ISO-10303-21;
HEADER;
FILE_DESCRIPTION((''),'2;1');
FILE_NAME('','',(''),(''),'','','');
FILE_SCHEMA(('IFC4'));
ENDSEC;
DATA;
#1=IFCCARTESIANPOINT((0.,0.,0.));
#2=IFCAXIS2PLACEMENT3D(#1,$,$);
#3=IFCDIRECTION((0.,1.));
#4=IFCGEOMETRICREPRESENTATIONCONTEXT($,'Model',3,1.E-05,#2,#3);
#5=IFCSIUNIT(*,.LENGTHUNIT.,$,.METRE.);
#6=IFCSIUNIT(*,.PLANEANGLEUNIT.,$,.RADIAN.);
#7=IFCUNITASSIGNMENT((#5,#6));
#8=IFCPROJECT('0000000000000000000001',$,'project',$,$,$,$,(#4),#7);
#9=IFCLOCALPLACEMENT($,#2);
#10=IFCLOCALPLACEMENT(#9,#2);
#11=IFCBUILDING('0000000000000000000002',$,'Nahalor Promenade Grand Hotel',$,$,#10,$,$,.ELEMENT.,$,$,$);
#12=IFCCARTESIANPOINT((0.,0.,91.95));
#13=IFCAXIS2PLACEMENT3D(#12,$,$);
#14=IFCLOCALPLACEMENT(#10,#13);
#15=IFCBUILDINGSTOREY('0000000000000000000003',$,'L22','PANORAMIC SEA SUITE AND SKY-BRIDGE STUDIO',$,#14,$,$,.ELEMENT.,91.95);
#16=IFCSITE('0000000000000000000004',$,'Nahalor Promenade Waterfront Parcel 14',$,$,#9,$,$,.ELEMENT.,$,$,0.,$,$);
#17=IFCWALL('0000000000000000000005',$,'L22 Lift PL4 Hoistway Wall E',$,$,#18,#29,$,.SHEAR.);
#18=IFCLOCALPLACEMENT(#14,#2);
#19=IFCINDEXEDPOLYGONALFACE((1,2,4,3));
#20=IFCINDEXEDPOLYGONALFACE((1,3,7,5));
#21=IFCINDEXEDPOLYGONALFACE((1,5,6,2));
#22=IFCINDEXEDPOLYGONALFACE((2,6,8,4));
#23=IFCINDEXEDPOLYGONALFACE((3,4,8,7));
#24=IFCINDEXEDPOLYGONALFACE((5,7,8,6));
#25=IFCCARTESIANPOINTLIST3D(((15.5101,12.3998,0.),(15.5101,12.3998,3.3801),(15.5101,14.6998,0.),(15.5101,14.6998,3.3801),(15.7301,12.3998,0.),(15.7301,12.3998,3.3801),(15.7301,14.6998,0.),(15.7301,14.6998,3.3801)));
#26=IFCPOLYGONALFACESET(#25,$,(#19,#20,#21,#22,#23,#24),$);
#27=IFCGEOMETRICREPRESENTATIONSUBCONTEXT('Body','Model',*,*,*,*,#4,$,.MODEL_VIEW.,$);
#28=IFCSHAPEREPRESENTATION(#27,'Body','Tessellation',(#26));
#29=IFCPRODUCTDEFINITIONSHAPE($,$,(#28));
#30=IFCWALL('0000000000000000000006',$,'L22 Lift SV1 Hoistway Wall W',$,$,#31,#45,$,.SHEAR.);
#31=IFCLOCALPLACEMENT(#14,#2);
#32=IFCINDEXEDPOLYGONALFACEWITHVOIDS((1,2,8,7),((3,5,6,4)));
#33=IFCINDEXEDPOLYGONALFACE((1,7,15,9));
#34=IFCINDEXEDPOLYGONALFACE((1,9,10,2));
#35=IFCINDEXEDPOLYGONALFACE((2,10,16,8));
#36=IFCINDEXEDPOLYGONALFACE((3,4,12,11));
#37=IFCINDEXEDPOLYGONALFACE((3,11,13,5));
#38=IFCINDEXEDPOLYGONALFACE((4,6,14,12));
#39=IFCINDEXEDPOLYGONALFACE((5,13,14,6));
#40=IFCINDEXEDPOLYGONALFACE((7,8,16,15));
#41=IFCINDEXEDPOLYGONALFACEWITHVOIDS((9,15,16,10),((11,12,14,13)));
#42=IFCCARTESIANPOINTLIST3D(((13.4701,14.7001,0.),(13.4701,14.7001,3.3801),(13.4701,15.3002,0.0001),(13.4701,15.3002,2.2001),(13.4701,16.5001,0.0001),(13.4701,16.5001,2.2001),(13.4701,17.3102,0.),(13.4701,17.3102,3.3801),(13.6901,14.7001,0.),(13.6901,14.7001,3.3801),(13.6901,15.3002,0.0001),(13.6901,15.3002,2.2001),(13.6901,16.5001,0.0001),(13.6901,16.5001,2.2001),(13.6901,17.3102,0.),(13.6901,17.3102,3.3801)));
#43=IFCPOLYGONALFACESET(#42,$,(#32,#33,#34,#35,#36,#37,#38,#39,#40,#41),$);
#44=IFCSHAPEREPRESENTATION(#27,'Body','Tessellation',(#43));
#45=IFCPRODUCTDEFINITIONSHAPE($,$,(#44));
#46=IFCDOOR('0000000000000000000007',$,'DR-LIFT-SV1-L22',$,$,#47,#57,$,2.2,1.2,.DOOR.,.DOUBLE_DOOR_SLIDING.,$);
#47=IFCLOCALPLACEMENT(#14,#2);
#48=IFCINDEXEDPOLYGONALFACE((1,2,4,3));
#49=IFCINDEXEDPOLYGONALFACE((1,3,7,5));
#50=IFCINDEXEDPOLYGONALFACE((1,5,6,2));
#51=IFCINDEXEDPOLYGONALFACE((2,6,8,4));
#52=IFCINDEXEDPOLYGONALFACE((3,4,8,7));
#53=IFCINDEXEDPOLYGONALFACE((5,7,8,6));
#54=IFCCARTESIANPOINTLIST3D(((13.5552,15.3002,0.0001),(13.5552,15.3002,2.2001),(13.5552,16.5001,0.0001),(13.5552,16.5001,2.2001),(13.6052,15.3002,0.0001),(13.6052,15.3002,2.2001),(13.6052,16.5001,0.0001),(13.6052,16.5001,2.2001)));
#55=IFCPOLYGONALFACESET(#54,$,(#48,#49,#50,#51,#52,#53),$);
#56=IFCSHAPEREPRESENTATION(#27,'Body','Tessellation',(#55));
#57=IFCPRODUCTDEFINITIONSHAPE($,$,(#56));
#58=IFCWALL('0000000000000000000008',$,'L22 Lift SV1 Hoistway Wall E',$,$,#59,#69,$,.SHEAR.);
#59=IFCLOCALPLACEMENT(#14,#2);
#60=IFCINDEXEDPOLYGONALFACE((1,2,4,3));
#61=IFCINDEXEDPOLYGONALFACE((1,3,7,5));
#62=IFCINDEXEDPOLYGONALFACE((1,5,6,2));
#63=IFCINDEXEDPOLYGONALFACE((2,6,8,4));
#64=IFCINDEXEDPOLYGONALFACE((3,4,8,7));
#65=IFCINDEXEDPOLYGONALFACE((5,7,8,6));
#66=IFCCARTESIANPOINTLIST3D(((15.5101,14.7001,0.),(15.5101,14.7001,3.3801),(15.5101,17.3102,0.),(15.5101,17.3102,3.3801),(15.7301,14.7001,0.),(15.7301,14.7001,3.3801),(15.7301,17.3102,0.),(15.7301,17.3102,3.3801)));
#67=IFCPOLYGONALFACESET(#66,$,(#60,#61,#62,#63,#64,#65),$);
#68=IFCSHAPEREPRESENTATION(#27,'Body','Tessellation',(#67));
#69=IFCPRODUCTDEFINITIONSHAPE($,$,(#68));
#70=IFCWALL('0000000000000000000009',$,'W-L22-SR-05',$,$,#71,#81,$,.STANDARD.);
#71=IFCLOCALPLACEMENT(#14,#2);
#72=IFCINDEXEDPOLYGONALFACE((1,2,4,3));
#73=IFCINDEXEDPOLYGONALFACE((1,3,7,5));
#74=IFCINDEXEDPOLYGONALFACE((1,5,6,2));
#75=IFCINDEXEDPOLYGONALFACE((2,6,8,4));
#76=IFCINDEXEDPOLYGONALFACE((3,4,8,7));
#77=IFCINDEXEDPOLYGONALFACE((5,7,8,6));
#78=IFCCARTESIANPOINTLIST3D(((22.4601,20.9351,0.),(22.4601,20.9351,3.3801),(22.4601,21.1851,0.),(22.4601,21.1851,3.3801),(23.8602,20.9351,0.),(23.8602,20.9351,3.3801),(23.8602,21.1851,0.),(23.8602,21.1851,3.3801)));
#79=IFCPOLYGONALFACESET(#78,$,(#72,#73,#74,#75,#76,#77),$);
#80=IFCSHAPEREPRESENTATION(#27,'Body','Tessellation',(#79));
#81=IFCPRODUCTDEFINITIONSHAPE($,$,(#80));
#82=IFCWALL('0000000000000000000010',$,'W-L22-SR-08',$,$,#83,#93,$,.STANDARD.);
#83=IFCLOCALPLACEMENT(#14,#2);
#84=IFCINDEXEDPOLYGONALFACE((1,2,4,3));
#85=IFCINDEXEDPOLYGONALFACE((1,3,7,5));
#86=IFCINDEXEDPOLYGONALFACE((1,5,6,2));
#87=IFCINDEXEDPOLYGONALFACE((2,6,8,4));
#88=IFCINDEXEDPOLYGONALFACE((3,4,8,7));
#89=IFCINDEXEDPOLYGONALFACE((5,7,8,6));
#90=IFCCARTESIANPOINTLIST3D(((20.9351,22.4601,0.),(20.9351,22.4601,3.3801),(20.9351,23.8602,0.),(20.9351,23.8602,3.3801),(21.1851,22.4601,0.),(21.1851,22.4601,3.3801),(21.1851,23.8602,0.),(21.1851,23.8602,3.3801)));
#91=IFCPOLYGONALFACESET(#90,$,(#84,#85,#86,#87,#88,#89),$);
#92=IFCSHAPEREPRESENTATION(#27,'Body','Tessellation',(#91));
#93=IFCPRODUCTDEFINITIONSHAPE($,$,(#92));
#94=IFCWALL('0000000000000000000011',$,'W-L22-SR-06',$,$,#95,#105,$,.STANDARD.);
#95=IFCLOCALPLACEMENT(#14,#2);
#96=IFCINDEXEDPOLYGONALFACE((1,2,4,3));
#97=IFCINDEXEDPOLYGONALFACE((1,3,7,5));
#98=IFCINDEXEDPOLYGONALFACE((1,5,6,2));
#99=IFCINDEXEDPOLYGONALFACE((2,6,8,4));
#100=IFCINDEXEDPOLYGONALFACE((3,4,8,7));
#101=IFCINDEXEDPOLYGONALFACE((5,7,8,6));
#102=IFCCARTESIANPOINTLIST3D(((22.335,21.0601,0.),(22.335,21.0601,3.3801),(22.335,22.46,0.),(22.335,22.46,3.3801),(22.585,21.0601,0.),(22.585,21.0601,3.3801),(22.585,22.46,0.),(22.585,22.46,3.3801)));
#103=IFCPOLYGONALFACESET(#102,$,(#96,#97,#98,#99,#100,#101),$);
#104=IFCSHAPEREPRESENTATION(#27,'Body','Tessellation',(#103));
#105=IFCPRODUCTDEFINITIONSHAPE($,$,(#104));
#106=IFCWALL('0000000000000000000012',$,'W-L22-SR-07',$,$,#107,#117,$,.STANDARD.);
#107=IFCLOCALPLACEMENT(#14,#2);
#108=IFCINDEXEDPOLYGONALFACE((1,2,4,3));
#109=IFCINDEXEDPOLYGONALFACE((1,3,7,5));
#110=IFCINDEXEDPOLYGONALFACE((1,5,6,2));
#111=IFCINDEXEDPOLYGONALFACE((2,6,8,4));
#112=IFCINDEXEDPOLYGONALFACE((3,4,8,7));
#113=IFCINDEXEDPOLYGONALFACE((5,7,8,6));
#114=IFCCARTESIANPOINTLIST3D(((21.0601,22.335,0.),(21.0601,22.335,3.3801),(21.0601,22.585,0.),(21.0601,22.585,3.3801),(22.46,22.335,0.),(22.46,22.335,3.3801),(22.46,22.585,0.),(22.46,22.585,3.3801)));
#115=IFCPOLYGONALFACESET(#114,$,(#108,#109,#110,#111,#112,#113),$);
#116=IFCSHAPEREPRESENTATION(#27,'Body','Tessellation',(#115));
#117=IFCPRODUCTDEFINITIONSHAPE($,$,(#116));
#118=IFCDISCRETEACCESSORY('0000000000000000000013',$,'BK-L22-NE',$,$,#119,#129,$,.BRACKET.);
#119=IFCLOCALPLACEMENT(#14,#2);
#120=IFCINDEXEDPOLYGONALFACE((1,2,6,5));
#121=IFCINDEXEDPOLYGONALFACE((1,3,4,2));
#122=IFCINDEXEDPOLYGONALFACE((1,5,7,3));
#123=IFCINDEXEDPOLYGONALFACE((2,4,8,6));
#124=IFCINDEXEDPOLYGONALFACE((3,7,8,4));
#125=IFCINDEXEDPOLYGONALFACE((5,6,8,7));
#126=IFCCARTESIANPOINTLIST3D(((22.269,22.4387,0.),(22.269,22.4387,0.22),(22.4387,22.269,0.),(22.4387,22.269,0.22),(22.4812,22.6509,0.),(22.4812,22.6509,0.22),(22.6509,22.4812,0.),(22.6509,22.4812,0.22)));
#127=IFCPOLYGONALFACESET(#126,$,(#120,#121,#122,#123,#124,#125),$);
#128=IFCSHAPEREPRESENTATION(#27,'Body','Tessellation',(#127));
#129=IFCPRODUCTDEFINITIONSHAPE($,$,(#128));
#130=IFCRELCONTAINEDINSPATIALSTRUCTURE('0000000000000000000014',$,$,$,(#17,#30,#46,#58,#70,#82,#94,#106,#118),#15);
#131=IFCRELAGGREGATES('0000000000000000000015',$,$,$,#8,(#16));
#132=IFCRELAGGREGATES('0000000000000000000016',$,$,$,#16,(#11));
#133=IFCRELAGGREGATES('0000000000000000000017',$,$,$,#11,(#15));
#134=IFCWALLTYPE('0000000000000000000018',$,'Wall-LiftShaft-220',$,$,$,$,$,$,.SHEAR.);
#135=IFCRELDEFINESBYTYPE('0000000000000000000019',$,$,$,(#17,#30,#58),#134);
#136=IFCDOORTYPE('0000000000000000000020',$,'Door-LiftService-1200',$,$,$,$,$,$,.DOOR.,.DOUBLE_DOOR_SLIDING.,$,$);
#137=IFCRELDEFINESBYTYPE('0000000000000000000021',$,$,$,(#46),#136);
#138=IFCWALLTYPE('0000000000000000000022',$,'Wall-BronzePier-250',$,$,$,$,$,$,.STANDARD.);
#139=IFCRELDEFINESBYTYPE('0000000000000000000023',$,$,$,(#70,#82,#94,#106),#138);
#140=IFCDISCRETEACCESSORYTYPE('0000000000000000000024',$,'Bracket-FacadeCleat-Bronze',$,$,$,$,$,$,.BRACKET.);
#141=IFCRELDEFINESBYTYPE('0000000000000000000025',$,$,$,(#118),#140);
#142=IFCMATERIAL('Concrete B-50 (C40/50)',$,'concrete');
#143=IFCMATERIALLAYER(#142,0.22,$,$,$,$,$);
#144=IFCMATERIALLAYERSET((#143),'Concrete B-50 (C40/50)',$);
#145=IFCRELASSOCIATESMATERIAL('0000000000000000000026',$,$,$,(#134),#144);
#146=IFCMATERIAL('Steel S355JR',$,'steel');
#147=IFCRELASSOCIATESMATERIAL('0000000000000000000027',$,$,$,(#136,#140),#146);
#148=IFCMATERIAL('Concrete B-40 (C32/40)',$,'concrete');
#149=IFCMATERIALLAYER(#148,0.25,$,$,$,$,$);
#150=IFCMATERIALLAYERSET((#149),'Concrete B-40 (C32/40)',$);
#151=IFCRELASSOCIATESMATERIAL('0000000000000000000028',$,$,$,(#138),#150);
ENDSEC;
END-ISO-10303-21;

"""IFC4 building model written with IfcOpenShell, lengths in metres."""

from ifc_helpers import new_model, si_unit, direction, frame, frame_2d, origin, origin_2d, place, context, subcontext, project, spatial, rectangle, extrude, source, transform, mapped, material, layer, layer_set, type_object, element, fill, save


model = new_model("IFC4")

# Units and contexts
model_context = context("Model", 3, precision=1e-05, world=origin(), true_north=direction((0.0, 1.0)))
body_context = subcontext(model_context, "Body", "Model", "MODEL_VIEW")
ifc_project = project(units=[si_unit("LENGTHUNIT", "METRE"), si_unit("PLANEANGLEUNIT", "RADIAN")], contexts=[model_context])

# Site, building, storey
site_placement = place(None, origin())
site = spatial("IfcSite", under=ifc_project, at=site_placement, Name="Nahalor Promenade Waterfront Parcel 14", CompositionType="ELEMENT", RefElevation=0.0)
building_placement = place(site_placement, origin())
building = spatial("IfcBuilding", under=site, at=building_placement, Name="Nahalor Promenade Grand Hotel", CompositionType="ELEMENT")
storey_placement = place(building_placement, frame((0.0, 0.0, 91.95)))
storey = spatial("IfcBuildingStorey", under=building, at=storey_placement, Name="L22", Description="PANORAMIC SEA SUITE AND SKY-BRIDGE STUDIO", CompositionType="ELEMENT", Elevation=91.95)

# Shared definitions
ifc_material_1 = material(Name="Steel S355JR", Category="steel")

# Shared definitions
ifc_material_2 = material(Name="Concrete B-50 (C40/50)", Category="concrete")
ifc_layer_1 = layer(ifc_material_2, 0.22)
ifc_layer_set_1 = layer_set([ifc_layer_1], Name="Concrete B-50 (C40/50)")
wall_type_1 = type_object("IfcWallType", Name="Wall-LiftShaft-220", PredefinedType="SHEAR", material=ifc_layer_set_1)

# Shared definitions
shared_shape_1 = source(origin(), body_context, "Body", "SweptSolid", [
    extrude(rectangle(XDim=2.3, YDim=0.22, at=frame_2d((1.1499, 0.0))), origin(), (0.0, 0.0, 1.0), 3.3801),
])

# Wall
wall_1_placement = place(storey_placement, frame((15.6201, 12.3999, 0.0), z_axis=(0.0, 0.0, 1.0), x_axis=(0.0, 1.0, 0.0)))
element("IfcWall", 1, at=wall_1_placement, inside=storey, type_object=wall_type_1, Name="L22 Lift PL4 Hoistway Wall E", PredefinedType="SHEAR", context=body_context, shape_type="MappedRepresentation", body=[
    mapped(shared_shape_1, transform((0.0, 0.0, 0.0), scale=1.0)),
])

# Wall, opening, door
shared_shape_2 = source(origin(), body_context, "Body", "SweptSolid", [
    extrude(rectangle(XDim=2.6101, YDim=0.22, at=frame_2d((1.3052, 0.0))), origin(), (0.0, 0.0, 1.0), 3.3801),
])
wall_2_placement = place(storey_placement, frame((13.5801, 14.7, 0.0), z_axis=(0.0, 0.0, 1.0), x_axis=(0.0, 1.0, 0.0)))
wall_2 = element("IfcWall", 2, at=wall_2_placement, inside=storey, type_object=wall_type_1, Name="L22 Lift SV1 Hoistway Wall W", PredefinedType="SHEAR", context=body_context, shape_type="MappedRepresentation", body=[
    mapped(shared_shape_2, transform((0.0, 0.0, 0.0), scale=1.0)),
])
opening_1_placement = place(wall_2_placement, frame((0.6001, 0.0, 0.0)))
opening_1 = element("IfcOpeningElement", 3, at=opening_1_placement, cuts=wall_2, PredefinedType="OPENING", context=body_context, shape_type="SweptSolid", body=[
    extrude(rectangle(XDim=1.2, YDim=2.2, at=frame_2d((0.6001, 1.1001))), frame((0.0, 0.1199, 0.0), z_axis=(0.0, -1.0, 0.0), x_axis=(1.0, 0.0, 0.0)), (0.0, 0.0, 1.0), 0.24),
])
door_type_1 = type_object("IfcDoorType", Name="Door-LiftService-1200", OperationType="DOUBLE_DOOR_SLIDING", PredefinedType="DOOR", material=ifc_material_1)
shared_shape_3 = source(origin(), body_context, "Body", "SweptSolid", [
    extrude(rectangle(XDim=1.2, YDim=2.2, at=frame_2d((0.6001, 1.1001))), frame((0.0, 0.0249, 0.0), z_axis=(0.0, -1.0, 0.0), x_axis=(1.0, 0.0, 0.0)), (0.0, 0.0, 1.0), 0.05),
])
door_1_placement = place(opening_1_placement, origin())
door_1 = element("IfcDoor", 4, at=door_1_placement, inside=storey, type_object=door_type_1, Name="DR-LIFT-SV1-L22", OperationType="DOUBLE_DOOR_SLIDING", OverallHeight=2.2, OverallWidth=1.2, PredefinedType="DOOR", context=body_context, shape_type="MappedRepresentation", body=[
    mapped(shared_shape_3, transform((0.0, 0.0, 0.0), scale=1.0)),
])
fill(opening_1, door_1)

# Walls
wall_3_placement = place(storey_placement, frame((15.6201, 14.7, 0.0), z_axis=(0.0, 0.0, 1.0), x_axis=(0.0, 1.0, 0.0)))
element("IfcWall", 5, at=wall_3_placement, inside=storey, type_object=wall_type_1, Name="L22 Lift SV1 Hoistway Wall E", PredefinedType="SHEAR", context=body_context, shape_type="MappedRepresentation", body=[
    mapped(shared_shape_2, transform((0.0, 0.0, 0.0), scale=1.0)),
])
ifc_material_3 = material(Name="Concrete B-40 (C32/40)", Category="concrete")
ifc_layer_2 = layer(ifc_material_3, 0.25)
ifc_layer_set_2 = layer_set([ifc_layer_2], Name="Concrete B-40 (C32/40)")
wall_type_2 = type_object("IfcWallType", Name="Wall-BronzePier-250", PredefinedType="STANDARD", material=ifc_layer_set_2)
shared_shape_4 = source(origin(), body_context, "Body", "SweptSolid", [
    extrude(rectangle(XDim=1.4001, YDim=0.25, at=frame_2d((0.7002, 0.0))), origin(), (0.0, 0.0, 1.0), 3.3801),
])
for number, where, z_axis, x_axis, name in (
    (6, (22.46, 21.0601, 0.0), (0.0, 0.0, 1.0), (1.0, 0.0, 0.0), "W-L22-SR-05"),
    (7, (21.0601, 22.46, 0.0), (0.0, 0.0, 1.0), (0.0, 1.0, 0.0), "W-L22-SR-08"),
):
    element("IfcWall", number, at=place(storey_placement, frame(where, z_axis=z_axis, x_axis=x_axis)), inside=storey, type_object=wall_type_2, Name=name, PredefinedType="STANDARD", context=body_context, shape_type="MappedRepresentation", body=[
        mapped(shared_shape_4, transform((0.0, 0.0, 0.0), scale=1.0)),
    ])
shared_shape_5 = source(origin(), body_context, "Body", "SweptSolid", [
    extrude(rectangle(XDim=1.3999, YDim=0.25, at=frame_2d((0.7, 0.0))), origin(), (0.0, 0.0, 1.0), 3.3801),
])
for number, where, z_axis, x_axis, name in (
    (8, (22.46, 21.0601, 0.0), (0.0, 0.0, 1.0), (0.0, 1.0, 0.0), "W-L22-SR-06"),
    (9, (21.0601, 22.46, 0.0), (0.0, 0.0, 1.0), (1.0, 0.0, 0.0), "W-L22-SR-07"),
):
    element("IfcWall", number, at=place(storey_placement, frame(where, z_axis=z_axis, x_axis=x_axis)), inside=storey, type_object=wall_type_2, Name=name, PredefinedType="STANDARD", context=body_context, shape_type="MappedRepresentation", body=[
        mapped(shared_shape_5, transform((0.0, 0.0, 0.0), scale=1.0)),
    ])

# Discrete accessory
discrete_accessory_type = type_object("IfcDiscreteAccessoryType", Name="Bracket-FacadeCleat-Bronze", PredefinedType="BRACKET", material=ifc_material_1)
shared_shape_6 = source(origin(), body_context, "Body", "SweptSolid", [
    extrude(rectangle(XDim=0.3, YDim=0.24, at=origin_2d()), origin(), (0.0, 0.0, 1.0), 0.22),
])
discrete_accessory_placement = place(storey_placement, frame((22.46, 22.46, 0.0), z_axis=(0.0, 0.0, 1.0), x_axis=(0.707107, 0.707107, 0.0)))
element("IfcDiscreteAccessory", 10, at=discrete_accessory_placement, inside=storey, type_object=discrete_accessory_type, Name="BK-L22-NE", PredefinedType="BRACKET", context=body_context, shape_type="MappedRepresentation", body=[
    mapped(shared_shape_6, transform((0.0, 0.0, 0.0), scale=1.0)),
])

save(model, "model.ifc")
